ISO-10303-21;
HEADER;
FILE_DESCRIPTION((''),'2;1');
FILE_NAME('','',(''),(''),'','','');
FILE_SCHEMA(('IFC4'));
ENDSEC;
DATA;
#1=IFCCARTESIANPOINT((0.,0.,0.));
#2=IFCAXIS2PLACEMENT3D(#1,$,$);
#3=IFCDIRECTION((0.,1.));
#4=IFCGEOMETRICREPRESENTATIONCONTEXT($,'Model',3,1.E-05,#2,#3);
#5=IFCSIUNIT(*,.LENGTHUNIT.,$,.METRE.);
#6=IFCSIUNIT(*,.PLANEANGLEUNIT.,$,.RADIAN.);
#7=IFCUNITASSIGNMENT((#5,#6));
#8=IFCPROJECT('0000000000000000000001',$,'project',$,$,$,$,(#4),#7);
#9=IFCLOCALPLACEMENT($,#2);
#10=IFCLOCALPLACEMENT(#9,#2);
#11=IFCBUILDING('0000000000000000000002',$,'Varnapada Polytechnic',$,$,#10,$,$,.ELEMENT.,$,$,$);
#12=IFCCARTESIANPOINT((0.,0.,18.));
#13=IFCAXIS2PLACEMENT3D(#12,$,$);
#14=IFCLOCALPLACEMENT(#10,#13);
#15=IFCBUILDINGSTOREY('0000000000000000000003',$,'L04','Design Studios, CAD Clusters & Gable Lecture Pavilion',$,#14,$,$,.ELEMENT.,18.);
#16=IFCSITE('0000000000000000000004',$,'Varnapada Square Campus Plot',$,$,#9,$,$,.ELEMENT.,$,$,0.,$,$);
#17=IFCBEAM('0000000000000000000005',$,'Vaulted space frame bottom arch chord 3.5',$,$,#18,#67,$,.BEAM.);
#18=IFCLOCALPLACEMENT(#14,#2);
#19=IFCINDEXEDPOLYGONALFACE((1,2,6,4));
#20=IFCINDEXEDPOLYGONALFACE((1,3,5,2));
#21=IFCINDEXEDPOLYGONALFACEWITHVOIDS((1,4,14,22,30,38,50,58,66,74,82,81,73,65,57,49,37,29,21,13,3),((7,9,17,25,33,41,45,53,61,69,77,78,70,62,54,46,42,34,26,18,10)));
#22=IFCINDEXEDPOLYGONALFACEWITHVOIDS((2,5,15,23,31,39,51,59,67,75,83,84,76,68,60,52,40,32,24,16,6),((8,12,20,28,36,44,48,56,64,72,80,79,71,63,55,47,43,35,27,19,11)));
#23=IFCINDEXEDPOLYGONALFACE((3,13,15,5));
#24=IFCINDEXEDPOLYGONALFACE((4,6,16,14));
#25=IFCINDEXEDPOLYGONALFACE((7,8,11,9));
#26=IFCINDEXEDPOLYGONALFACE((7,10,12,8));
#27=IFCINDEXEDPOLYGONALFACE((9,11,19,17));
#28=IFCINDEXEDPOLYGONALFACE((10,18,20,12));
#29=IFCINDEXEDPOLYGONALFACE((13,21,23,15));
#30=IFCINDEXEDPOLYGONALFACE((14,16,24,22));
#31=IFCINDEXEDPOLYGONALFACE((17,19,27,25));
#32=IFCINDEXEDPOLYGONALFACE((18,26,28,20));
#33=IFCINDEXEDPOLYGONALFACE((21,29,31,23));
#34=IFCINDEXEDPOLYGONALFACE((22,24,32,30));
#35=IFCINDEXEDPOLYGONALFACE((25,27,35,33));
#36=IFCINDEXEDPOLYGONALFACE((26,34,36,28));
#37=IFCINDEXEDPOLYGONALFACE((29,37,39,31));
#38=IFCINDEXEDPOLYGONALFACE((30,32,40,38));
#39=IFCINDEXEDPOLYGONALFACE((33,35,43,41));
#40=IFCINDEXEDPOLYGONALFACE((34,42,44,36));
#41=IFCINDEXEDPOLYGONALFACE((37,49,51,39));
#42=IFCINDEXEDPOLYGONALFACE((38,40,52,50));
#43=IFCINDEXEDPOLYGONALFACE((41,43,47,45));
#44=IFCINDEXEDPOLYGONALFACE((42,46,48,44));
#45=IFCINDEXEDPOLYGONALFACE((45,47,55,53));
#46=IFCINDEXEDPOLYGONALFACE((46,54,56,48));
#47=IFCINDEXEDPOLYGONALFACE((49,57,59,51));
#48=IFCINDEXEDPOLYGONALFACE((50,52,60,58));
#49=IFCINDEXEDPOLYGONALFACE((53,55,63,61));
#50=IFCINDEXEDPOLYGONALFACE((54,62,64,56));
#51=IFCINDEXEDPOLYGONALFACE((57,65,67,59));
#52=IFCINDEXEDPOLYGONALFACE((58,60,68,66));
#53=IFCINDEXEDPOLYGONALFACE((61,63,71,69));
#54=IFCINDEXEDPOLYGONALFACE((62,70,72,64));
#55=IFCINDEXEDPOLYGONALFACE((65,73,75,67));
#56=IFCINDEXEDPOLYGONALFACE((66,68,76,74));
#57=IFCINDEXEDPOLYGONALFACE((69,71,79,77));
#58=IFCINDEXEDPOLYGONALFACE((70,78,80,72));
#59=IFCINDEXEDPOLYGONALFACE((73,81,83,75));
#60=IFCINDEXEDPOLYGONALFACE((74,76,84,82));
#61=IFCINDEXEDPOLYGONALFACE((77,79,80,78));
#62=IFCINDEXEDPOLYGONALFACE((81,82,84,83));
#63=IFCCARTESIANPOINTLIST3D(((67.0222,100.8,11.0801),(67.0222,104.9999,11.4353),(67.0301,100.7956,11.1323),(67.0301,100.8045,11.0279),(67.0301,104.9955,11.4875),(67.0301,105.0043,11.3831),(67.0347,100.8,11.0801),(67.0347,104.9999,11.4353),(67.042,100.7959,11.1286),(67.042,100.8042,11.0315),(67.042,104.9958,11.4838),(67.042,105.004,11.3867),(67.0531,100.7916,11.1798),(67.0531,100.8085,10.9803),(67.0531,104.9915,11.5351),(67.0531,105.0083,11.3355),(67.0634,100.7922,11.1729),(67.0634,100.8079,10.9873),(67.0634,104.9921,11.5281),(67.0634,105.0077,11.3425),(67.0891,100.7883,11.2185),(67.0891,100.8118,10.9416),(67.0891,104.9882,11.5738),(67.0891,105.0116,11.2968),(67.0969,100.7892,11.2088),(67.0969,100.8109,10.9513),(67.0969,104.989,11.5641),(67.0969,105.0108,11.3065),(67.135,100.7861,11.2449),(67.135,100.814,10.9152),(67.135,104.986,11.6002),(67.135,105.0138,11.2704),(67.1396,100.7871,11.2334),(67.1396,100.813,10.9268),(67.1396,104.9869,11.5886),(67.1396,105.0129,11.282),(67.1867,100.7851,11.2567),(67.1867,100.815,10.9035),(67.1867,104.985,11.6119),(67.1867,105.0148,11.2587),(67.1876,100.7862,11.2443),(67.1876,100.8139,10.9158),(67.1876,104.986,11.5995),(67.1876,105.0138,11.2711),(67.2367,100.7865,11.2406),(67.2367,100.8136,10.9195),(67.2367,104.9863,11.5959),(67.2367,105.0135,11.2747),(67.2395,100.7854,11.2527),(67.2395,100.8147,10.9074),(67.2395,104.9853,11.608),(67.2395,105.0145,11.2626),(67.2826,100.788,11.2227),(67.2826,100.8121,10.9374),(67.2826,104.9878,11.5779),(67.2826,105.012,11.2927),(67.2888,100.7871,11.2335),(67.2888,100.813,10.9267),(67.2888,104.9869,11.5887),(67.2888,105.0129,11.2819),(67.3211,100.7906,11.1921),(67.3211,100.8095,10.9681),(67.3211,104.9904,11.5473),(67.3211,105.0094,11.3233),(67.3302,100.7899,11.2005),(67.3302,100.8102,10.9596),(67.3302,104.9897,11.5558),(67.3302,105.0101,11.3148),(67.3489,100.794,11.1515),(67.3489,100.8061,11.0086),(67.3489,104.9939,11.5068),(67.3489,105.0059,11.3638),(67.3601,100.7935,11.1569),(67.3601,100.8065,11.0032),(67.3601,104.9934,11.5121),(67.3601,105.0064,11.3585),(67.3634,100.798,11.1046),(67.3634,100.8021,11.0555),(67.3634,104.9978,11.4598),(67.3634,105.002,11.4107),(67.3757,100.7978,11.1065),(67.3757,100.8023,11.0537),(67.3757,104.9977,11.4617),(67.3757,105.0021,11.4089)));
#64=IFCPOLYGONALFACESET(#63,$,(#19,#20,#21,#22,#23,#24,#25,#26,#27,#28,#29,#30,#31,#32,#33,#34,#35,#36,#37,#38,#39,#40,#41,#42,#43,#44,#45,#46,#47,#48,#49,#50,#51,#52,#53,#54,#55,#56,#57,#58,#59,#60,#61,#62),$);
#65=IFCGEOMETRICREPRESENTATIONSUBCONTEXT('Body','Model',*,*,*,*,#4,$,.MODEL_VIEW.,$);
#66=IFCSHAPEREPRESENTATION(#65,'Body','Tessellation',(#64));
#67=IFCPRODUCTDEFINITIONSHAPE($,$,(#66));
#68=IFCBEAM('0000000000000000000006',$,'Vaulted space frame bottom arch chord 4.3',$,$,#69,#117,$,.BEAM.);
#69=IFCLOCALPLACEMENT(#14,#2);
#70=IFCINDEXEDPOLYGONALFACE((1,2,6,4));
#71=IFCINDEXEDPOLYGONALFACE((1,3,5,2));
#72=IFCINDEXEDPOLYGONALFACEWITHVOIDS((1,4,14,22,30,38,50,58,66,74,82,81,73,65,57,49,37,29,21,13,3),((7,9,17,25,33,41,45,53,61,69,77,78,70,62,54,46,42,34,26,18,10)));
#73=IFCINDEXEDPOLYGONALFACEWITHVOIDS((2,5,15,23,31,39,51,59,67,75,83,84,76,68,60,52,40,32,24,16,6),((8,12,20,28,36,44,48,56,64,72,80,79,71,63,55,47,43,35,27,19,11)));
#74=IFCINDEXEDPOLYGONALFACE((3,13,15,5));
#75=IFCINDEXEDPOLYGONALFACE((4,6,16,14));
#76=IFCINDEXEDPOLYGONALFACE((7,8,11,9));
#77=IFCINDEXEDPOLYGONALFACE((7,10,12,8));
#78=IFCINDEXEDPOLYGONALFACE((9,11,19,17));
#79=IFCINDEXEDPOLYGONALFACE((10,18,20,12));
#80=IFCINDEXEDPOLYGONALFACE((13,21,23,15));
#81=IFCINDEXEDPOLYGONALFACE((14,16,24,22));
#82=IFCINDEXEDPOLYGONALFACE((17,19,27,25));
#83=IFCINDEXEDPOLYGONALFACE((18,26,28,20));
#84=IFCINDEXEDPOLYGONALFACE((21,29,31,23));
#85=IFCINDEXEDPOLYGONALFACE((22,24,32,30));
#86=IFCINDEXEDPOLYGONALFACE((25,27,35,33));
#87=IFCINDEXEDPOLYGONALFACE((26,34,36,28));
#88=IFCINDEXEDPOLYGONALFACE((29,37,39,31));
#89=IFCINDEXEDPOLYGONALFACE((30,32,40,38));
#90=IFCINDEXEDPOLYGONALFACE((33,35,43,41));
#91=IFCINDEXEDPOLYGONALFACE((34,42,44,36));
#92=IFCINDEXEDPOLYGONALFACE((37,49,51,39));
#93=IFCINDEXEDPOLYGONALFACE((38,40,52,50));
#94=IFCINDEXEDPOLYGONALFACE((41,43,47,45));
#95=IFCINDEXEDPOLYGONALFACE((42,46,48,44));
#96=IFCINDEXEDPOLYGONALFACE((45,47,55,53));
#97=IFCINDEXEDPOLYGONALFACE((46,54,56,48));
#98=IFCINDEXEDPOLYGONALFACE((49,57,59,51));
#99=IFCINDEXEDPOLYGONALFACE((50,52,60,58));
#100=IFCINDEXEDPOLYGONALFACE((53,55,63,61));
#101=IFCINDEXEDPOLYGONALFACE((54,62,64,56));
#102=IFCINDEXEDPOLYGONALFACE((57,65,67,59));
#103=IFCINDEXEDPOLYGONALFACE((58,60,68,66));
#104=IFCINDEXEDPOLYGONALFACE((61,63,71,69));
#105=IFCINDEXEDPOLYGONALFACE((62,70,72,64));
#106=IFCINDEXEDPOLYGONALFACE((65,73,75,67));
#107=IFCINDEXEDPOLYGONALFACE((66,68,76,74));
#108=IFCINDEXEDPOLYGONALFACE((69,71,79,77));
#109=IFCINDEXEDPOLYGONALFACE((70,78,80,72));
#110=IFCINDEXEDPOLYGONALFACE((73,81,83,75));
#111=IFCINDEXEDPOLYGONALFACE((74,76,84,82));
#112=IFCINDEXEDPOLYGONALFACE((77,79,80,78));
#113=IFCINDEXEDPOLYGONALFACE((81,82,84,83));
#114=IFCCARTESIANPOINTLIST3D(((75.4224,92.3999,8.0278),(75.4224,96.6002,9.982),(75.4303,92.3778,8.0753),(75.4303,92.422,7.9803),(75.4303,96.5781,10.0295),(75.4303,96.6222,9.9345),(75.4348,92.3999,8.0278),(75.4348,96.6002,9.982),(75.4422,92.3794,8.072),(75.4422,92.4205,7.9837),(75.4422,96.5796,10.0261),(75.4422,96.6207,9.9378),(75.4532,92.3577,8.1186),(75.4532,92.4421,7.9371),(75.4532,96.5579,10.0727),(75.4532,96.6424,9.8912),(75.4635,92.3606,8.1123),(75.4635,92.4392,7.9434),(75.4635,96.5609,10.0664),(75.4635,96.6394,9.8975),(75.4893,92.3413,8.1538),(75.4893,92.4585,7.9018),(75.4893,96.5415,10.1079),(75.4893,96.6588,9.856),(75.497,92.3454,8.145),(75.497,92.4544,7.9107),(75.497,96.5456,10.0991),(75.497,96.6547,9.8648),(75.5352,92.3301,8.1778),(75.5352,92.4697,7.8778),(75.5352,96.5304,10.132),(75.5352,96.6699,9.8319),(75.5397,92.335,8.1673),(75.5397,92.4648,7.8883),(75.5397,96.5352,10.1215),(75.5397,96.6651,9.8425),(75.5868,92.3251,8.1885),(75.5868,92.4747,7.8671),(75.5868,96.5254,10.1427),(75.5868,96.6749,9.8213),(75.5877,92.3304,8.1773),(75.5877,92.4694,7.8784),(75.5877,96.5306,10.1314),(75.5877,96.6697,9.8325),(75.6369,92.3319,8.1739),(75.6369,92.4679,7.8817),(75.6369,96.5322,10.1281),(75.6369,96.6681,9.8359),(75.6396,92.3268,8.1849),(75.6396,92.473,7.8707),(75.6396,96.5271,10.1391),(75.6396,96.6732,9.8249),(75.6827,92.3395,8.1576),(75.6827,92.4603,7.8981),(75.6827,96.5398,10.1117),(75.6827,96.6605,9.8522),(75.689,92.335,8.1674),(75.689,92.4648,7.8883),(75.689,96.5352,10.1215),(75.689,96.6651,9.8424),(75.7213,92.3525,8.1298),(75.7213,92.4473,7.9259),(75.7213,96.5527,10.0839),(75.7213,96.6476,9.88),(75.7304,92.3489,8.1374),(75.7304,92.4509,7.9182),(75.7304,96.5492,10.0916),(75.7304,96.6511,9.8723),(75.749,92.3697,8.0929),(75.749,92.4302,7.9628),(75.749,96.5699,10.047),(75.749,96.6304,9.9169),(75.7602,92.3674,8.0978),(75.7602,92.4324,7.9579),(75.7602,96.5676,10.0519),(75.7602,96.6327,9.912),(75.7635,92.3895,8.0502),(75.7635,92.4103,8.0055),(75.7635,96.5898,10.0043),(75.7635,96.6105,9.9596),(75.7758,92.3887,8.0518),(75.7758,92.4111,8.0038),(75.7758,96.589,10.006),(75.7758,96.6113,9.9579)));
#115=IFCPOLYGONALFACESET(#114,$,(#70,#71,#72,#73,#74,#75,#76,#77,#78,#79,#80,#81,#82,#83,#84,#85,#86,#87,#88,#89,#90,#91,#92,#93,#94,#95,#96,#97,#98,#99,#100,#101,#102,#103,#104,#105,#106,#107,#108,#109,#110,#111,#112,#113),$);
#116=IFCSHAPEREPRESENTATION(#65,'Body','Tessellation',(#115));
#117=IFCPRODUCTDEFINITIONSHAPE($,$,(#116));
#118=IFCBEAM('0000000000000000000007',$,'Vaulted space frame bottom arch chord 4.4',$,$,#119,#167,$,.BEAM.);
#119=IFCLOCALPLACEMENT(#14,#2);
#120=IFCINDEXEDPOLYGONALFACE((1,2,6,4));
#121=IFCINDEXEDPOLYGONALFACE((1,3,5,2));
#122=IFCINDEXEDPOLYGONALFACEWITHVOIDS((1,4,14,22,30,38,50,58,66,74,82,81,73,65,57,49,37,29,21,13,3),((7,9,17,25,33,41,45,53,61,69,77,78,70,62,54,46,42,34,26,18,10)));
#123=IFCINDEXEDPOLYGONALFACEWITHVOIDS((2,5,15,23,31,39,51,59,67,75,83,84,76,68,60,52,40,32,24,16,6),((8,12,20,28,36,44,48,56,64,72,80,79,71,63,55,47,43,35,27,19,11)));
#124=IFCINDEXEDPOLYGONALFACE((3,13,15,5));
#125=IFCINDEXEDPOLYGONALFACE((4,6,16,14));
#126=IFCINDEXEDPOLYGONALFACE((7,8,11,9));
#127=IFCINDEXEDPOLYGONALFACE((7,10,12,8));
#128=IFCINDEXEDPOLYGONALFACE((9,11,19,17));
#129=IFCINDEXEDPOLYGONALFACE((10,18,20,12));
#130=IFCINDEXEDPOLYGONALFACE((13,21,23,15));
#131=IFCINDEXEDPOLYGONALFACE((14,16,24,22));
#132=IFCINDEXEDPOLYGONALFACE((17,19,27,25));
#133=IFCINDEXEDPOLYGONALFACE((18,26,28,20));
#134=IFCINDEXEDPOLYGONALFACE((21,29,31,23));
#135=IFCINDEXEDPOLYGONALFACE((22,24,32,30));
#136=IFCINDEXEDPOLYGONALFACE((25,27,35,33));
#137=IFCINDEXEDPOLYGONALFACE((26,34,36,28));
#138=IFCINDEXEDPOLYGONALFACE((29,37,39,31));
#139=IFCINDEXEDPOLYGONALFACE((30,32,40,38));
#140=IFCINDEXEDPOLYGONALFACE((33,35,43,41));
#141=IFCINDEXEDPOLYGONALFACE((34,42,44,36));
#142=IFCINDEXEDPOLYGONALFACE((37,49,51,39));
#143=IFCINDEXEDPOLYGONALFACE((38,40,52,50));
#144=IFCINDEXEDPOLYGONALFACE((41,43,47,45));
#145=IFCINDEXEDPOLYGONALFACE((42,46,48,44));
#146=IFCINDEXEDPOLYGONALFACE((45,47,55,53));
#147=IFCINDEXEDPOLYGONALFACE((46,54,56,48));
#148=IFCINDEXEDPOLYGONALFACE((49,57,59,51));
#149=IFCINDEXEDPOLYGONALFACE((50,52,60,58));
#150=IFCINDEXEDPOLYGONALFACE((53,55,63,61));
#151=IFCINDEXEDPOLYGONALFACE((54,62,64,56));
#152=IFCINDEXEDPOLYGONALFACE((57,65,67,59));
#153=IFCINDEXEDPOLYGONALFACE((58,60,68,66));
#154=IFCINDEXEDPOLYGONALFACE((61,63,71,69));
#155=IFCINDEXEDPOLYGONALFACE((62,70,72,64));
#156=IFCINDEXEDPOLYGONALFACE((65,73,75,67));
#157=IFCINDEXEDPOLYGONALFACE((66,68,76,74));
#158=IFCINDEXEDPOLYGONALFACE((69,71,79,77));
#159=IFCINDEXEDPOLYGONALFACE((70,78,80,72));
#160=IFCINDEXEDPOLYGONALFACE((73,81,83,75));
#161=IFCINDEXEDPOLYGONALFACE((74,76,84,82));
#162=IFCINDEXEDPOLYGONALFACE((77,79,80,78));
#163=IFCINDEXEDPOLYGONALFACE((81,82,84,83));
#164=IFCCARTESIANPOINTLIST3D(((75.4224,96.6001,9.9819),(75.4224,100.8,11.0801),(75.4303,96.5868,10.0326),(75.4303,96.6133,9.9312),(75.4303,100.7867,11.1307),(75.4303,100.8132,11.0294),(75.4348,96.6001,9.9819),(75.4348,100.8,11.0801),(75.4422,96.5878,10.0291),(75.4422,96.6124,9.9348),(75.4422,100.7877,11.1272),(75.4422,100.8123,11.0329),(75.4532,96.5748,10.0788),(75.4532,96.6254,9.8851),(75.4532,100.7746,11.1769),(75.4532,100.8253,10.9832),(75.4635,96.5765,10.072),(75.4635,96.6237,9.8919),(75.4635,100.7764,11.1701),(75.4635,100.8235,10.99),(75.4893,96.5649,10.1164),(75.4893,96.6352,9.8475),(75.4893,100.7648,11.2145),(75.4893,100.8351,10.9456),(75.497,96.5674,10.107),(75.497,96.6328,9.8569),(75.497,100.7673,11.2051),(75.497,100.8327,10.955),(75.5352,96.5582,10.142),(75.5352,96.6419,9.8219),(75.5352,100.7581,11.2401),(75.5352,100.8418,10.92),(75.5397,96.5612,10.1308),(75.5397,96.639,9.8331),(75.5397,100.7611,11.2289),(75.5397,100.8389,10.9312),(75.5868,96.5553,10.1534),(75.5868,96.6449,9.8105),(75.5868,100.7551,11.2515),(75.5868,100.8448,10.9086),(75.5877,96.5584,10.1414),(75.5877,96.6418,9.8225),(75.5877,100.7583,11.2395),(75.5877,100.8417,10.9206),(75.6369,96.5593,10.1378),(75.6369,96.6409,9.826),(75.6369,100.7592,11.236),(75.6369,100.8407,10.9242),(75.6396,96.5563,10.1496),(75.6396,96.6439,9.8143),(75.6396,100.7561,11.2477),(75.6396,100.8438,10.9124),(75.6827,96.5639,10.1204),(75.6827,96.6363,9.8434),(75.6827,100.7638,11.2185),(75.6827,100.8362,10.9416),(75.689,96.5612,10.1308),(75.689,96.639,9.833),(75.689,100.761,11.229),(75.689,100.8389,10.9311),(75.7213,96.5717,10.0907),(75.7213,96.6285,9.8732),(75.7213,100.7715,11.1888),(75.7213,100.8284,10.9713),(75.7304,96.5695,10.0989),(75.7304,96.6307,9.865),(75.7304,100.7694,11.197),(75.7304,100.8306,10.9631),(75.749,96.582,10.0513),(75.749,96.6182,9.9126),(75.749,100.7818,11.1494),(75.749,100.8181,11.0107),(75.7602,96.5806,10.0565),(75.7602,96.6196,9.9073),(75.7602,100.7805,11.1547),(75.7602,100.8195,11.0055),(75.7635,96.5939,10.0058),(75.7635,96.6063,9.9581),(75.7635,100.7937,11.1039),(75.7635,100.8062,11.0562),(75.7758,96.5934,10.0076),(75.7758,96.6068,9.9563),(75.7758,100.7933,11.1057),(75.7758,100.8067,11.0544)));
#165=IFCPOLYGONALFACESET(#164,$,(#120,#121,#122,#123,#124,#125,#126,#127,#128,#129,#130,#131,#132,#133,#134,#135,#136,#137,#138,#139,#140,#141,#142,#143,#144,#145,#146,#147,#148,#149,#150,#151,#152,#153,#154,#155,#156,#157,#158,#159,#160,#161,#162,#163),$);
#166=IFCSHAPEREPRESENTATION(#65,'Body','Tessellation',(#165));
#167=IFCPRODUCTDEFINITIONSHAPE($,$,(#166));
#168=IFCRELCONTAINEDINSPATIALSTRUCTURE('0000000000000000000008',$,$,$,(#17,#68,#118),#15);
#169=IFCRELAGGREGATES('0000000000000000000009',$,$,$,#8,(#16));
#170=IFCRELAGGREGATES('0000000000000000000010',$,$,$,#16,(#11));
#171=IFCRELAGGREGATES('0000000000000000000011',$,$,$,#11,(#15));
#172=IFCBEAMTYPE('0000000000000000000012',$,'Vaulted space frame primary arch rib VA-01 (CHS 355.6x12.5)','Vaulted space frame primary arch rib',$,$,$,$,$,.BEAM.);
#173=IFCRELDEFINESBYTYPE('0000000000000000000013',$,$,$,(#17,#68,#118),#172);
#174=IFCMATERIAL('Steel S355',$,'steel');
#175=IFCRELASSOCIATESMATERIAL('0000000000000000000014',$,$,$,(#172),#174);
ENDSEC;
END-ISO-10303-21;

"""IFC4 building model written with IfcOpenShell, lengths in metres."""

from ifc_helpers import new_model, si_unit, direction, frame, origin, origin_2d, place, context, subcontext, project, spatial, hollow_circle, extrude, material, material_profile, profile_set, type_object, element, save


model = new_model("IFC4")

# Units and contexts
model_context = context("Model", 3, precision=1e-05, world=origin(), true_north=direction((0.0, 1.0)))
body_context = subcontext(model_context, "Body", "Model", "MODEL_VIEW")
ifc_project = project(units=[si_unit("LENGTHUNIT", "METRE"), si_unit("PLANEANGLEUNIT", "RADIAN")], contexts=[model_context])

# Site, building, storey
site_placement = place(None, origin())
site = spatial("IfcSite", under=ifc_project, at=site_placement, Name="Varnapada Square Campus Plot", CompositionType="ELEMENT", RefElevation=0.0)
building_placement = place(site_placement, origin())
building = spatial("IfcBuilding", under=site, at=building_placement, Name="Varnapada Polytechnic", CompositionType="ELEMENT")
storey_placement = place(building_placement, frame((0.0, 0.0, 18.0)))
storey = spatial("IfcBuildingStorey", under=building, at=storey_placement, Name="L04", Description="Design Studios, CAD Clusters & Gable Lecture Pavilion", CompositionType="ELEMENT", Elevation=18.0)

# Shared definitions
ifc_material = material(Name="Steel S355", Category="steel")

# Beams
ifc_material_profile_1 = material_profile(ifc_material, hollow_circle(Radius=0.1777, WallThickness=0.0125, at=origin_2d()), Name="CHS 355.6x12.5")
ifc_profile_set_1 = profile_set([ifc_material_profile_1], Name="Steel S355")
beam_type_1 = type_object("IfcBeamType", Name="Vaulted space frame primary arch rib VA-01 (CHS 355.6x12.5)", Description="Vaulted space frame primary arch rib", PredefinedType="BEAM", material=ifc_profile_set_1)
beam_1_placement = place(storey_placement, frame((67.2, 100.8, 11.0801), z_axis=(0.0, 0.996442, 0.084277), x_axis=(-1.0, 0.0, 0.0)))
element("IfcBeam", 1, at=beam_1_placement, inside=storey, type_object=beam_type_1, Name="Vaulted space frame bottom arch chord 3.5", PredefinedType="BEAM", context=body_context, shape_type="SweptSolid", body=[
    extrude(hollow_circle(Radius=0.1777, WallThickness=0.0125, at=origin_2d()), origin(), (0.0, 0.0, 1.0), 4.2148),
])
beam_2_placement = place(storey_placement, frame((75.6001, 92.3999, 8.0278), z_axis=(0.0, 0.906678, 0.421823), x_axis=(-1.0, 0.0, 0.0)))
element("IfcBeam", 2, at=beam_2_placement, inside=storey, type_object=beam_type_1, Name="Vaulted space frame bottom arch chord 4.3", PredefinedType="BEAM", context=body_context, shape_type="SweptSolid", body=[
    extrude(hollow_circle(Radius=0.1777, WallThickness=0.0125, at=origin_2d()), origin(), (0.0, 0.0, 1.0), 4.6326),
])
beam_3_placement = place(storey_placement, frame((75.6001, 96.6001, 9.9819), z_axis=(0.0, 0.967476, 0.252962), x_axis=(-1.0, 0.0, 0.0)))
element("IfcBeam", 3, at=beam_3_placement, inside=storey, type_object=beam_type_1, Name="Vaulted space frame bottom arch chord 4.4", PredefinedType="BEAM", context=body_context, shape_type="SweptSolid", body=[
    extrude(hollow_circle(Radius=0.1777, WallThickness=0.0125, at=origin_2d()), origin(), (0.0, 0.0, 1.0), 4.3411),
])

save(model, "model.ifc")
